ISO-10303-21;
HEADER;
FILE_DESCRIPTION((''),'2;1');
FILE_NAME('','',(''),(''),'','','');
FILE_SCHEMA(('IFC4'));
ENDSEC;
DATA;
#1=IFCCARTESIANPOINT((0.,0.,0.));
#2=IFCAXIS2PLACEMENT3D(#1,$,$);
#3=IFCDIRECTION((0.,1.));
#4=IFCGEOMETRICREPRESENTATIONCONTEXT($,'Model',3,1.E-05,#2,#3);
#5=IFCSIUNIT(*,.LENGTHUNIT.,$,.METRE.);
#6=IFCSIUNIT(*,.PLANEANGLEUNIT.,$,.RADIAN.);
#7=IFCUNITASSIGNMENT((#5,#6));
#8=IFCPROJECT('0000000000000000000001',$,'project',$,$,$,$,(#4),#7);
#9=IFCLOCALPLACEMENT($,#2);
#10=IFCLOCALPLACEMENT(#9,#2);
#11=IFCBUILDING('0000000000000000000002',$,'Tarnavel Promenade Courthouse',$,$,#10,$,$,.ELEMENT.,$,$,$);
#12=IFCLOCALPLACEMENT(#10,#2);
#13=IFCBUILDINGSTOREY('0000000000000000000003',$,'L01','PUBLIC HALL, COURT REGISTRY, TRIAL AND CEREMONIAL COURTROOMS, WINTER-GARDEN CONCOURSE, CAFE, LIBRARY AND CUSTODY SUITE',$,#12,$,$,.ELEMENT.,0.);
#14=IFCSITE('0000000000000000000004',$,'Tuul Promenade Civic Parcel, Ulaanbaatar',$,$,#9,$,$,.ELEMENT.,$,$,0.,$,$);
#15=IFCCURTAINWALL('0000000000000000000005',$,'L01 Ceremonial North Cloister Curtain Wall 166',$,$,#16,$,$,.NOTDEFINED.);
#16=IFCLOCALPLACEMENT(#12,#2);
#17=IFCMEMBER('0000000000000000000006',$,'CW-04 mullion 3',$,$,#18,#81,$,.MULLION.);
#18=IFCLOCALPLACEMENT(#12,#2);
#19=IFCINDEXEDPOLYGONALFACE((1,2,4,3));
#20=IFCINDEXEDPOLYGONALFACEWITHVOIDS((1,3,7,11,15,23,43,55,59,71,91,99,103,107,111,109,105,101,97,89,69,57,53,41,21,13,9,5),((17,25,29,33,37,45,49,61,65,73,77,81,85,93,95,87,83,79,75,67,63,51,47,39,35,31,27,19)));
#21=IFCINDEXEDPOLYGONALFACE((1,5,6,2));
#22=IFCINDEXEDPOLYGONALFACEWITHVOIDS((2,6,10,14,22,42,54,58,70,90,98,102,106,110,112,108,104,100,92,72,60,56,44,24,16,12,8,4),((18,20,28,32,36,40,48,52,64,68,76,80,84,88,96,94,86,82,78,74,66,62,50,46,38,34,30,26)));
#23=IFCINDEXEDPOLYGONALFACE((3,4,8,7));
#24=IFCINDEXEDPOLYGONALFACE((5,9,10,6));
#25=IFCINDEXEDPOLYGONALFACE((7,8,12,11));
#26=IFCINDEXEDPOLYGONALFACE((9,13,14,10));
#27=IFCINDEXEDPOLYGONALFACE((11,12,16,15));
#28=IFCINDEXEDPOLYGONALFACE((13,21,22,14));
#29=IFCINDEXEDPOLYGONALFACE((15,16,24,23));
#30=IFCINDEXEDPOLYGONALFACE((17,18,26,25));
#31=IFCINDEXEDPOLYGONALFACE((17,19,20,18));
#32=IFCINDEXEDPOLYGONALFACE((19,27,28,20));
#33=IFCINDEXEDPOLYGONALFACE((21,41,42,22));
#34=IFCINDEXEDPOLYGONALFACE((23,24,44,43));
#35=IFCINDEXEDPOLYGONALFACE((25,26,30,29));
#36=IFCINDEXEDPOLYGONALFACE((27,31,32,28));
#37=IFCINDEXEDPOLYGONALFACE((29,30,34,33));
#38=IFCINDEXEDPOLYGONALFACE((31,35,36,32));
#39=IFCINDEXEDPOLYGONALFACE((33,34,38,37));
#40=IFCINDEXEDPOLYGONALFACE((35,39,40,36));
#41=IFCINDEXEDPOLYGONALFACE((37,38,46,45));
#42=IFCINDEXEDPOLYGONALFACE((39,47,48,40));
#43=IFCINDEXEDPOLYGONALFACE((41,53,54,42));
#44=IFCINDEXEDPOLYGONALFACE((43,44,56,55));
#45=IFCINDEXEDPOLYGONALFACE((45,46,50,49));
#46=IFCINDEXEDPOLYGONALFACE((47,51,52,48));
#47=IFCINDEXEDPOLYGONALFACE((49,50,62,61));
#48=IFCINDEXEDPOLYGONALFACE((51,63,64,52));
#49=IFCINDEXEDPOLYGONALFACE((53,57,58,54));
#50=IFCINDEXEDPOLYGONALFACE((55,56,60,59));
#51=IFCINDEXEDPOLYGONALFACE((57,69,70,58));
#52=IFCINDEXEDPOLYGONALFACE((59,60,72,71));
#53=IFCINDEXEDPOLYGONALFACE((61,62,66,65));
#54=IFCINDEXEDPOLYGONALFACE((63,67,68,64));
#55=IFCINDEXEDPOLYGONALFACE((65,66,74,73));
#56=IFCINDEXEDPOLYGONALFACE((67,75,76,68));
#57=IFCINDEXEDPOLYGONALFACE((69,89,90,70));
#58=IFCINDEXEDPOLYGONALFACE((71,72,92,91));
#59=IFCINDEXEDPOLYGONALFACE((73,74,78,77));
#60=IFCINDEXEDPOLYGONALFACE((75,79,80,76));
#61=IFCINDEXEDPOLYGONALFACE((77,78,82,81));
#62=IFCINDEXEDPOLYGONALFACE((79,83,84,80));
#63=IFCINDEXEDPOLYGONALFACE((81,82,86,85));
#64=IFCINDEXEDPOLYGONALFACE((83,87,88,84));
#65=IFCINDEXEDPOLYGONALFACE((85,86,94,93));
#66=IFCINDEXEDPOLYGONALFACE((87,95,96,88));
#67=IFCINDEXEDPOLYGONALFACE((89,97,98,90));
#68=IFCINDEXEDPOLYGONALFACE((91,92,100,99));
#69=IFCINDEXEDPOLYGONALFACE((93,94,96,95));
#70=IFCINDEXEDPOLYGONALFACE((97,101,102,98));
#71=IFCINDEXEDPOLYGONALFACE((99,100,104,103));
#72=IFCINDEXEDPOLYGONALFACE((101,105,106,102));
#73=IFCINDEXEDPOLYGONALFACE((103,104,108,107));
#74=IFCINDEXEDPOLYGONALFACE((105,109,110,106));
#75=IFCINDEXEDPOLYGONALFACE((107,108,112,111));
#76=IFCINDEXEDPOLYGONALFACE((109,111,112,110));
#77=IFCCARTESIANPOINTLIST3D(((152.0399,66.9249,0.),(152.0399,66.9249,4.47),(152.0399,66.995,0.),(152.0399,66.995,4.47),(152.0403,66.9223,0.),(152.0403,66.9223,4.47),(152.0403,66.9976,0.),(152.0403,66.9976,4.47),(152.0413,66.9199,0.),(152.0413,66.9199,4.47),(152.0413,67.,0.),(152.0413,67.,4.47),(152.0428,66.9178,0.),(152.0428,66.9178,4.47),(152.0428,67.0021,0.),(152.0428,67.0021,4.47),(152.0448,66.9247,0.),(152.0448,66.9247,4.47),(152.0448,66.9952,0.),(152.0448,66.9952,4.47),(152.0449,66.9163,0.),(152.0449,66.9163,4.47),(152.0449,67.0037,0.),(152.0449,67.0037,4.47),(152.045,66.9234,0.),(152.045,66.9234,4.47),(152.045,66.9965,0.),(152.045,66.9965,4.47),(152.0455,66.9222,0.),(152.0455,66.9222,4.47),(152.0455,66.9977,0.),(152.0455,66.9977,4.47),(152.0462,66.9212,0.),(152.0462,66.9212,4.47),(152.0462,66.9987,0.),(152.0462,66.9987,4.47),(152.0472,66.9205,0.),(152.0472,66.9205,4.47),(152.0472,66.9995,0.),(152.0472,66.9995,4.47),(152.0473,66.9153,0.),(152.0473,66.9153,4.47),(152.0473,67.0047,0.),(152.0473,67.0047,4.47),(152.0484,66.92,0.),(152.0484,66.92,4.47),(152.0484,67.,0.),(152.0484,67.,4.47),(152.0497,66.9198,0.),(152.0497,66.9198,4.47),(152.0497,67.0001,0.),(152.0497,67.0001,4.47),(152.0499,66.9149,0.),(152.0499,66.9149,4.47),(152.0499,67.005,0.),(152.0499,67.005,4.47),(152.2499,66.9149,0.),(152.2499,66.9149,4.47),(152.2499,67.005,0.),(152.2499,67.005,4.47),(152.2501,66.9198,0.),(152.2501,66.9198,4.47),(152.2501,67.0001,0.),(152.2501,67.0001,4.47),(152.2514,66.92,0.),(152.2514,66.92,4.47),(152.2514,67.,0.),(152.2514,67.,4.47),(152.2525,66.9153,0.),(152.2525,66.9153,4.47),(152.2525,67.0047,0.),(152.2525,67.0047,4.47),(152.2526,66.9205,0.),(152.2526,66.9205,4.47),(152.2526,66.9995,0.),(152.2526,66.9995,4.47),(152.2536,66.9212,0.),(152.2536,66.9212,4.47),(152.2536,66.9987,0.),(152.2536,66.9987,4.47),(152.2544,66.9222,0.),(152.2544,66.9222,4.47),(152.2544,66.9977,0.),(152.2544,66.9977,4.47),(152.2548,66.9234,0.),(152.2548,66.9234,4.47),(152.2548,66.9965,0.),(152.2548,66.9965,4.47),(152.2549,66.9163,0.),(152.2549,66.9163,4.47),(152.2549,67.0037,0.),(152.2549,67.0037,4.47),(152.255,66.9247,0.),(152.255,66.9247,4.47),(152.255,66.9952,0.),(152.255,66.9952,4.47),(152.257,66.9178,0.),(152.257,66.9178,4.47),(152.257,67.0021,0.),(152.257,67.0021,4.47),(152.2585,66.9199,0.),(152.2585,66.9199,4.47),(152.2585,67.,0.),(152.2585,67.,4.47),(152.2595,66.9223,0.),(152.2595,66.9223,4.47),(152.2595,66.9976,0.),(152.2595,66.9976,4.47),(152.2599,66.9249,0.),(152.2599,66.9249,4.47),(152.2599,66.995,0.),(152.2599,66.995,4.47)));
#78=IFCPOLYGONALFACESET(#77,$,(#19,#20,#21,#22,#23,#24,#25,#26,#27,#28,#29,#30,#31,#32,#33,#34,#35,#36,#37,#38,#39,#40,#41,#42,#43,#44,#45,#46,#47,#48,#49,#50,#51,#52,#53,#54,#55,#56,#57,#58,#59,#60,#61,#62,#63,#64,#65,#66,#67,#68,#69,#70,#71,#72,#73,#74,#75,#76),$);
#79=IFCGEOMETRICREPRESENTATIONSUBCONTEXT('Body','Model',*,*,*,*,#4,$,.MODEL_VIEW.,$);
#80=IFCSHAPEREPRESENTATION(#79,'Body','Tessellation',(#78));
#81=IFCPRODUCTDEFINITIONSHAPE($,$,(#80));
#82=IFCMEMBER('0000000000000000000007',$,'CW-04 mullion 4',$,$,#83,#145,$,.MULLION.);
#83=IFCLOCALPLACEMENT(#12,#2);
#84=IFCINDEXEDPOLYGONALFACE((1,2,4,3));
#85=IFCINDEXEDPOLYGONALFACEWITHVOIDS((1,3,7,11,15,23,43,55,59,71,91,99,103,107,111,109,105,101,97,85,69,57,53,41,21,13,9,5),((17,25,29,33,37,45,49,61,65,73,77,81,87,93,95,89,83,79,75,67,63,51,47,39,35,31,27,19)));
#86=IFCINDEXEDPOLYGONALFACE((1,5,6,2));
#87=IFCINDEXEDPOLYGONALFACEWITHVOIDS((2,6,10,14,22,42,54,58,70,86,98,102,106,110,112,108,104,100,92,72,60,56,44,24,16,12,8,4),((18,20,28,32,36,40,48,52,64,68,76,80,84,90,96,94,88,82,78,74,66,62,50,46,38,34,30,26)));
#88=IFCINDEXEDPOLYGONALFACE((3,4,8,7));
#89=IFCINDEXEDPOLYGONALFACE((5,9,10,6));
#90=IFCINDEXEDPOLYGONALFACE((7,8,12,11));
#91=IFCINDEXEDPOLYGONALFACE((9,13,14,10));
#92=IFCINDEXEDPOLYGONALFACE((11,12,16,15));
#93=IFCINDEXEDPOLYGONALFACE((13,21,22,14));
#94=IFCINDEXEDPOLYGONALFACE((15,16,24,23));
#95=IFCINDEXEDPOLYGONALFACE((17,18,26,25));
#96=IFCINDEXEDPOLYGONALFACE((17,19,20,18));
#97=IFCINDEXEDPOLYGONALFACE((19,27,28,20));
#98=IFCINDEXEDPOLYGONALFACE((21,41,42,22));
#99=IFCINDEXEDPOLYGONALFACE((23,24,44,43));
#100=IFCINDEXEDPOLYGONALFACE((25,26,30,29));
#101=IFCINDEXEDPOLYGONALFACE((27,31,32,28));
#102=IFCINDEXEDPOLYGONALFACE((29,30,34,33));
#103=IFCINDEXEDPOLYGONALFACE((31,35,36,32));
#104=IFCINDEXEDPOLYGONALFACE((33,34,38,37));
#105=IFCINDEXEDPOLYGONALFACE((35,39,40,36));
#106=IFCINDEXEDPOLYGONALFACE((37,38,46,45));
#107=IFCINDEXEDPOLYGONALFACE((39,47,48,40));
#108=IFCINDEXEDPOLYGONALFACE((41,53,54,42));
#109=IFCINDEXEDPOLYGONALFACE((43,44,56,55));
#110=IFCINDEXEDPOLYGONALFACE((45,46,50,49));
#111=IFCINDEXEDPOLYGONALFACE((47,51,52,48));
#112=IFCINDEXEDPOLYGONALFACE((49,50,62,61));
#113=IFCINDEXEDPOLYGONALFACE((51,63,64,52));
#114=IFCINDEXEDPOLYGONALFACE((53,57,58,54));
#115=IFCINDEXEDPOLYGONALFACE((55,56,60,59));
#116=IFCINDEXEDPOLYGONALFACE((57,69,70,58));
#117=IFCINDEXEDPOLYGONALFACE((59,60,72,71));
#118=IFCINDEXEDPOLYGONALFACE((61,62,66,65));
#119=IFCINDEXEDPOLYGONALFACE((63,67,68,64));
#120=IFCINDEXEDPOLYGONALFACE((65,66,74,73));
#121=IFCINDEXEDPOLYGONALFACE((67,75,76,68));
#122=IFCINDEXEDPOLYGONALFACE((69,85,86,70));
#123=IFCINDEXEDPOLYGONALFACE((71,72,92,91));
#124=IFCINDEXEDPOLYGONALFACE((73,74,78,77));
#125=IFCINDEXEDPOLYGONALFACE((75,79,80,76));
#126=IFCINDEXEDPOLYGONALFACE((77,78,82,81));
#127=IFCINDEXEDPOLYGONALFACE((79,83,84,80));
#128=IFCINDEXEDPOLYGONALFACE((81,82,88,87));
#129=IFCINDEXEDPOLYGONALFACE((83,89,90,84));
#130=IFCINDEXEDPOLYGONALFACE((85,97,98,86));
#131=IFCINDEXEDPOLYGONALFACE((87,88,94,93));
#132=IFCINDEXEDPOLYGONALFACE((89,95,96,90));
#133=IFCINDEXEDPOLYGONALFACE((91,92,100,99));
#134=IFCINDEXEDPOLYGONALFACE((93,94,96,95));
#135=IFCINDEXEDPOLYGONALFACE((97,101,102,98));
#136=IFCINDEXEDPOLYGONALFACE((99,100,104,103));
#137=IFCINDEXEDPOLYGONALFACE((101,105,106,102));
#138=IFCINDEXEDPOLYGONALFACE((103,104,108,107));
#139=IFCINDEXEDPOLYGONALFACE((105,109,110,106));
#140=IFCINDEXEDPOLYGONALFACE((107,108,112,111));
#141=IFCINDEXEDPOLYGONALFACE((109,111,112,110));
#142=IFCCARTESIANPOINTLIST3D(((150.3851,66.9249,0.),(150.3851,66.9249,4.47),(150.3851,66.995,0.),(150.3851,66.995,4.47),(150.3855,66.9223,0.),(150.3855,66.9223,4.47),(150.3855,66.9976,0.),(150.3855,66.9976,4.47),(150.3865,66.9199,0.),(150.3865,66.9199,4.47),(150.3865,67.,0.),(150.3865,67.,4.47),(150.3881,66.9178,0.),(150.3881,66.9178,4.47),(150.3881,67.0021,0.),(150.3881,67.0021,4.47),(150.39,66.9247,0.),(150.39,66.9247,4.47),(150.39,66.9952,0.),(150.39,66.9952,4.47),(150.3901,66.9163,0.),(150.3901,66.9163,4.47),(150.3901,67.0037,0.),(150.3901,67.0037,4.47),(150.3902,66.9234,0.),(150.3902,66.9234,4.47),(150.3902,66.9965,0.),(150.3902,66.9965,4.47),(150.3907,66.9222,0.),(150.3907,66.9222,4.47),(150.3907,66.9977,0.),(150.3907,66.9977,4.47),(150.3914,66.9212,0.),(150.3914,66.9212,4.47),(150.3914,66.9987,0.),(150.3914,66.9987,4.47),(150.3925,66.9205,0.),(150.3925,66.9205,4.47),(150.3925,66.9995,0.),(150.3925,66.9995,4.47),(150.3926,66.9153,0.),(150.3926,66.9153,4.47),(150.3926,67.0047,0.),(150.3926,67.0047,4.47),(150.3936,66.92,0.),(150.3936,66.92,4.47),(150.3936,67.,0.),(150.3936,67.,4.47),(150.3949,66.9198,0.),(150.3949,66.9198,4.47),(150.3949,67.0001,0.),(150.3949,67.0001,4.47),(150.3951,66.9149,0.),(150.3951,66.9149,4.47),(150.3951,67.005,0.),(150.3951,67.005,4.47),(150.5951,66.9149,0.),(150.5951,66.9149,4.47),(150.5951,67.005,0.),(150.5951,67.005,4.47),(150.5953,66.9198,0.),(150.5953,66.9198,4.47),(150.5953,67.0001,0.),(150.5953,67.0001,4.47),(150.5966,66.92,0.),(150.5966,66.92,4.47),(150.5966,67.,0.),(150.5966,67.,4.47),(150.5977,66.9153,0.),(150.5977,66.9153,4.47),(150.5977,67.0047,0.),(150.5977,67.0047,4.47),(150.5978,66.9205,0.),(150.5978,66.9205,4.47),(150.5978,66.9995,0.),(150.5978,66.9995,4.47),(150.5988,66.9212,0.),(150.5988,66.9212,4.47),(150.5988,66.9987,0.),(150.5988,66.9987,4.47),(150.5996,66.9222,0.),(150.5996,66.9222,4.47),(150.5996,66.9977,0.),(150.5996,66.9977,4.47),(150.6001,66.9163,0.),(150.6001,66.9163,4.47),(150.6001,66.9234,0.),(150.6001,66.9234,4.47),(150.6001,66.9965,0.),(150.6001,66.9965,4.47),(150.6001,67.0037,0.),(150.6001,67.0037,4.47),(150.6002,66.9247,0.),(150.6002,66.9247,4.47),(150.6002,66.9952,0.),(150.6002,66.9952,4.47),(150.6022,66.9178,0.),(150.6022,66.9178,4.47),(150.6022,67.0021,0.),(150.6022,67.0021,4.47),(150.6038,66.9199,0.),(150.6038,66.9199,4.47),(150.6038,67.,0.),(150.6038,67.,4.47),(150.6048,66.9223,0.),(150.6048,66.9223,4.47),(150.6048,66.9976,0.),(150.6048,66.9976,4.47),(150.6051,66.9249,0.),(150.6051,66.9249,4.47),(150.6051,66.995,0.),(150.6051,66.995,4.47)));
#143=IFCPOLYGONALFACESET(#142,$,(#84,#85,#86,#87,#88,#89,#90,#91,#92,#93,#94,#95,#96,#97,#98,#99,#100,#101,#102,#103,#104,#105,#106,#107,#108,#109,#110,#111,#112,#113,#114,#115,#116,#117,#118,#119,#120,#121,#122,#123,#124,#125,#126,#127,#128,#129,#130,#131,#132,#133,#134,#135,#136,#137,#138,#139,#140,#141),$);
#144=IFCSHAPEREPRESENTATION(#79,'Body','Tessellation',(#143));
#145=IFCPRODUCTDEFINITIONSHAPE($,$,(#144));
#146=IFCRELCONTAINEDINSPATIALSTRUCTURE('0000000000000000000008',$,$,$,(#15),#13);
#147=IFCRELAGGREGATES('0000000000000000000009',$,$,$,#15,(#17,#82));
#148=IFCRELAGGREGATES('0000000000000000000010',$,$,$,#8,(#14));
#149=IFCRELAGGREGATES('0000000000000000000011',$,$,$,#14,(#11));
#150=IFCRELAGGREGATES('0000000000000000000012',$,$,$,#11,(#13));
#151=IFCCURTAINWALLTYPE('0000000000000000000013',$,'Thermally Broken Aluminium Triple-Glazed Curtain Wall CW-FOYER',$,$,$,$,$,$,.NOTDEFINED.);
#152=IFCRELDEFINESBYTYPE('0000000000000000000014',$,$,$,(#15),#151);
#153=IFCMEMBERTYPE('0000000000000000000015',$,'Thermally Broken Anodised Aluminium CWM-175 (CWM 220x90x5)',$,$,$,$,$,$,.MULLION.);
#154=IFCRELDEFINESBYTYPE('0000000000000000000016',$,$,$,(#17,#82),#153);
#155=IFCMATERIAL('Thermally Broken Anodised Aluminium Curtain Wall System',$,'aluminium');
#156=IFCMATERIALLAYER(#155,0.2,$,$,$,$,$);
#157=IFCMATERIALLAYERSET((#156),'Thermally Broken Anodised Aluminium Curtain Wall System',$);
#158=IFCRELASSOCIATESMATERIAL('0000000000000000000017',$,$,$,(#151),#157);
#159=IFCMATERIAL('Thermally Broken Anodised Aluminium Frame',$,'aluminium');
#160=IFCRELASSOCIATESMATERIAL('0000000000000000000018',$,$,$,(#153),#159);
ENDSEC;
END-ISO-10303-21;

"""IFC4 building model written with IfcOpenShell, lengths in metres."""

from ifc_helpers import new_model, si_unit, direction, frame, origin, origin_2d, place, context, subcontext, project, spatial, hollow_rectangle, extrude, material, layer, layer_set, material_profile, profile_set, type_object, element, aggregate, save


model = new_model("IFC4")

# Units and contexts
model_context = context("Model", 3, precision=1e-05, world=origin(), true_north=direction((0.0, 1.0)))
body_context = subcontext(model_context, "Body", "Model", "MODEL_VIEW")
ifc_project = project(units=[si_unit("LENGTHUNIT", "METRE"), si_unit("PLANEANGLEUNIT", "RADIAN")], contexts=[model_context])

# Site, building, storey
site_placement = place(None, origin())
site = spatial("IfcSite", under=ifc_project, at=site_placement, Name="Tuul Promenade Civic Parcel, Ulaanbaatar", CompositionType="ELEMENT", RefElevation=0.0)
building_placement = place(site_placement, origin())
building = spatial("IfcBuilding", under=site, at=building_placement, Name="Tarnavel Promenade Courthouse", CompositionType="ELEMENT")
storey_placement = place(building_placement, origin())
storey = spatial("IfcBuildingStorey", under=building, at=storey_placement, Name="L01", Description="PUBLIC HALL, COURT REGISTRY, TRIAL AND CEREMONIAL COURTROOMS, WINTER-GARDEN CONCOURSE, CAFE, LIBRARY AND CUSTODY SUITE", CompositionType="ELEMENT", Elevation=0.0)

# Shared definitions
ifc_material_1 = material(Name="Thermally Broken Anodised Aluminium Curtain Wall System", Category="aluminium")
ifc_layer_1 = layer(ifc_material_1, 0.2)
ifc_layer_set_1 = layer_set([ifc_layer_1], Name="Thermally Broken Anodised Aluminium Curtain Wall System")
curtain_wall_type = type_object("IfcCurtainWallType", Name="Thermally Broken Aluminium Triple-Glazed Curtain Wall CW-FOYER", PredefinedType="NOTDEFINED", material=ifc_layer_set_1)
ifc_material_2 = material(Name="Thermally Broken Anodised Aluminium Frame", Category="aluminium")
ifc_material_profile_1 = material_profile(ifc_material_2, hollow_rectangle(XDim=0.0901, YDim=0.22, WallThickness=0.0049, InnerFilletRadius=0.0049, OuterFilletRadius=0.01, at=origin_2d()), Name="CWM 220x90x5")
ifc_profile_set_1 = profile_set([ifc_material_profile_1], Name="Thermally Broken Anodised Aluminium Frame")
member_type_1 = type_object("IfcMemberType", Name="Thermally Broken Anodised Aluminium CWM-175 (CWM 220x90x5)", PredefinedType="MULLION", material=ifc_profile_set_1)

# Curtain wall, members
curtain_wall_1_placement = place(storey_placement, origin())
curtain_wall_1 = element("IfcCurtainWall", 1, at=curtain_wall_1_placement, inside=storey, type_object=curtain_wall_type, Name="L01 Ceremonial North Cloister Curtain Wall 166", PredefinedType="NOTDEFINED")
member_1_placement = place(storey_placement, frame((152.1499, 66.96, 0.0), z_axis=(0.0, 0.0, 1.0), x_axis=(0.0, -1.0, 0.0)))
member_1 = element("IfcMember", 2, at=member_1_placement, type_object=member_type_1, Name="CW-04 mullion 3", PredefinedType="MULLION", context=body_context, shape_type="SweptSolid", body=[
    extrude(hollow_rectangle(XDim=0.0901, YDim=0.22, WallThickness=0.0049, InnerFilletRadius=0.0049, OuterFilletRadius=0.01, at=origin_2d()), origin(), (0.0, 0.0, 1.0), 4.47),
])
member_2_placement = place(storey_placement, frame((150.4951, 66.96, 0.0), z_axis=(0.0, 0.0, 1.0), x_axis=(0.0, -1.0, 0.0)))
member_2 = element("IfcMember", 3, at=member_2_placement, type_object=member_type_1, Name="CW-04 mullion 4", PredefinedType="MULLION", context=body_context, shape_type="SweptSolid", body=[
    extrude(hollow_rectangle(XDim=0.0901, YDim=0.22, WallThickness=0.0049, InnerFilletRadius=0.0049, OuterFilletRadius=0.01, at=origin_2d()), origin(), (0.0, 0.0, 1.0), 4.47),
])

aggregate(curtain_wall_1, [member_1, member_2])

save(model, "model.ifc")
